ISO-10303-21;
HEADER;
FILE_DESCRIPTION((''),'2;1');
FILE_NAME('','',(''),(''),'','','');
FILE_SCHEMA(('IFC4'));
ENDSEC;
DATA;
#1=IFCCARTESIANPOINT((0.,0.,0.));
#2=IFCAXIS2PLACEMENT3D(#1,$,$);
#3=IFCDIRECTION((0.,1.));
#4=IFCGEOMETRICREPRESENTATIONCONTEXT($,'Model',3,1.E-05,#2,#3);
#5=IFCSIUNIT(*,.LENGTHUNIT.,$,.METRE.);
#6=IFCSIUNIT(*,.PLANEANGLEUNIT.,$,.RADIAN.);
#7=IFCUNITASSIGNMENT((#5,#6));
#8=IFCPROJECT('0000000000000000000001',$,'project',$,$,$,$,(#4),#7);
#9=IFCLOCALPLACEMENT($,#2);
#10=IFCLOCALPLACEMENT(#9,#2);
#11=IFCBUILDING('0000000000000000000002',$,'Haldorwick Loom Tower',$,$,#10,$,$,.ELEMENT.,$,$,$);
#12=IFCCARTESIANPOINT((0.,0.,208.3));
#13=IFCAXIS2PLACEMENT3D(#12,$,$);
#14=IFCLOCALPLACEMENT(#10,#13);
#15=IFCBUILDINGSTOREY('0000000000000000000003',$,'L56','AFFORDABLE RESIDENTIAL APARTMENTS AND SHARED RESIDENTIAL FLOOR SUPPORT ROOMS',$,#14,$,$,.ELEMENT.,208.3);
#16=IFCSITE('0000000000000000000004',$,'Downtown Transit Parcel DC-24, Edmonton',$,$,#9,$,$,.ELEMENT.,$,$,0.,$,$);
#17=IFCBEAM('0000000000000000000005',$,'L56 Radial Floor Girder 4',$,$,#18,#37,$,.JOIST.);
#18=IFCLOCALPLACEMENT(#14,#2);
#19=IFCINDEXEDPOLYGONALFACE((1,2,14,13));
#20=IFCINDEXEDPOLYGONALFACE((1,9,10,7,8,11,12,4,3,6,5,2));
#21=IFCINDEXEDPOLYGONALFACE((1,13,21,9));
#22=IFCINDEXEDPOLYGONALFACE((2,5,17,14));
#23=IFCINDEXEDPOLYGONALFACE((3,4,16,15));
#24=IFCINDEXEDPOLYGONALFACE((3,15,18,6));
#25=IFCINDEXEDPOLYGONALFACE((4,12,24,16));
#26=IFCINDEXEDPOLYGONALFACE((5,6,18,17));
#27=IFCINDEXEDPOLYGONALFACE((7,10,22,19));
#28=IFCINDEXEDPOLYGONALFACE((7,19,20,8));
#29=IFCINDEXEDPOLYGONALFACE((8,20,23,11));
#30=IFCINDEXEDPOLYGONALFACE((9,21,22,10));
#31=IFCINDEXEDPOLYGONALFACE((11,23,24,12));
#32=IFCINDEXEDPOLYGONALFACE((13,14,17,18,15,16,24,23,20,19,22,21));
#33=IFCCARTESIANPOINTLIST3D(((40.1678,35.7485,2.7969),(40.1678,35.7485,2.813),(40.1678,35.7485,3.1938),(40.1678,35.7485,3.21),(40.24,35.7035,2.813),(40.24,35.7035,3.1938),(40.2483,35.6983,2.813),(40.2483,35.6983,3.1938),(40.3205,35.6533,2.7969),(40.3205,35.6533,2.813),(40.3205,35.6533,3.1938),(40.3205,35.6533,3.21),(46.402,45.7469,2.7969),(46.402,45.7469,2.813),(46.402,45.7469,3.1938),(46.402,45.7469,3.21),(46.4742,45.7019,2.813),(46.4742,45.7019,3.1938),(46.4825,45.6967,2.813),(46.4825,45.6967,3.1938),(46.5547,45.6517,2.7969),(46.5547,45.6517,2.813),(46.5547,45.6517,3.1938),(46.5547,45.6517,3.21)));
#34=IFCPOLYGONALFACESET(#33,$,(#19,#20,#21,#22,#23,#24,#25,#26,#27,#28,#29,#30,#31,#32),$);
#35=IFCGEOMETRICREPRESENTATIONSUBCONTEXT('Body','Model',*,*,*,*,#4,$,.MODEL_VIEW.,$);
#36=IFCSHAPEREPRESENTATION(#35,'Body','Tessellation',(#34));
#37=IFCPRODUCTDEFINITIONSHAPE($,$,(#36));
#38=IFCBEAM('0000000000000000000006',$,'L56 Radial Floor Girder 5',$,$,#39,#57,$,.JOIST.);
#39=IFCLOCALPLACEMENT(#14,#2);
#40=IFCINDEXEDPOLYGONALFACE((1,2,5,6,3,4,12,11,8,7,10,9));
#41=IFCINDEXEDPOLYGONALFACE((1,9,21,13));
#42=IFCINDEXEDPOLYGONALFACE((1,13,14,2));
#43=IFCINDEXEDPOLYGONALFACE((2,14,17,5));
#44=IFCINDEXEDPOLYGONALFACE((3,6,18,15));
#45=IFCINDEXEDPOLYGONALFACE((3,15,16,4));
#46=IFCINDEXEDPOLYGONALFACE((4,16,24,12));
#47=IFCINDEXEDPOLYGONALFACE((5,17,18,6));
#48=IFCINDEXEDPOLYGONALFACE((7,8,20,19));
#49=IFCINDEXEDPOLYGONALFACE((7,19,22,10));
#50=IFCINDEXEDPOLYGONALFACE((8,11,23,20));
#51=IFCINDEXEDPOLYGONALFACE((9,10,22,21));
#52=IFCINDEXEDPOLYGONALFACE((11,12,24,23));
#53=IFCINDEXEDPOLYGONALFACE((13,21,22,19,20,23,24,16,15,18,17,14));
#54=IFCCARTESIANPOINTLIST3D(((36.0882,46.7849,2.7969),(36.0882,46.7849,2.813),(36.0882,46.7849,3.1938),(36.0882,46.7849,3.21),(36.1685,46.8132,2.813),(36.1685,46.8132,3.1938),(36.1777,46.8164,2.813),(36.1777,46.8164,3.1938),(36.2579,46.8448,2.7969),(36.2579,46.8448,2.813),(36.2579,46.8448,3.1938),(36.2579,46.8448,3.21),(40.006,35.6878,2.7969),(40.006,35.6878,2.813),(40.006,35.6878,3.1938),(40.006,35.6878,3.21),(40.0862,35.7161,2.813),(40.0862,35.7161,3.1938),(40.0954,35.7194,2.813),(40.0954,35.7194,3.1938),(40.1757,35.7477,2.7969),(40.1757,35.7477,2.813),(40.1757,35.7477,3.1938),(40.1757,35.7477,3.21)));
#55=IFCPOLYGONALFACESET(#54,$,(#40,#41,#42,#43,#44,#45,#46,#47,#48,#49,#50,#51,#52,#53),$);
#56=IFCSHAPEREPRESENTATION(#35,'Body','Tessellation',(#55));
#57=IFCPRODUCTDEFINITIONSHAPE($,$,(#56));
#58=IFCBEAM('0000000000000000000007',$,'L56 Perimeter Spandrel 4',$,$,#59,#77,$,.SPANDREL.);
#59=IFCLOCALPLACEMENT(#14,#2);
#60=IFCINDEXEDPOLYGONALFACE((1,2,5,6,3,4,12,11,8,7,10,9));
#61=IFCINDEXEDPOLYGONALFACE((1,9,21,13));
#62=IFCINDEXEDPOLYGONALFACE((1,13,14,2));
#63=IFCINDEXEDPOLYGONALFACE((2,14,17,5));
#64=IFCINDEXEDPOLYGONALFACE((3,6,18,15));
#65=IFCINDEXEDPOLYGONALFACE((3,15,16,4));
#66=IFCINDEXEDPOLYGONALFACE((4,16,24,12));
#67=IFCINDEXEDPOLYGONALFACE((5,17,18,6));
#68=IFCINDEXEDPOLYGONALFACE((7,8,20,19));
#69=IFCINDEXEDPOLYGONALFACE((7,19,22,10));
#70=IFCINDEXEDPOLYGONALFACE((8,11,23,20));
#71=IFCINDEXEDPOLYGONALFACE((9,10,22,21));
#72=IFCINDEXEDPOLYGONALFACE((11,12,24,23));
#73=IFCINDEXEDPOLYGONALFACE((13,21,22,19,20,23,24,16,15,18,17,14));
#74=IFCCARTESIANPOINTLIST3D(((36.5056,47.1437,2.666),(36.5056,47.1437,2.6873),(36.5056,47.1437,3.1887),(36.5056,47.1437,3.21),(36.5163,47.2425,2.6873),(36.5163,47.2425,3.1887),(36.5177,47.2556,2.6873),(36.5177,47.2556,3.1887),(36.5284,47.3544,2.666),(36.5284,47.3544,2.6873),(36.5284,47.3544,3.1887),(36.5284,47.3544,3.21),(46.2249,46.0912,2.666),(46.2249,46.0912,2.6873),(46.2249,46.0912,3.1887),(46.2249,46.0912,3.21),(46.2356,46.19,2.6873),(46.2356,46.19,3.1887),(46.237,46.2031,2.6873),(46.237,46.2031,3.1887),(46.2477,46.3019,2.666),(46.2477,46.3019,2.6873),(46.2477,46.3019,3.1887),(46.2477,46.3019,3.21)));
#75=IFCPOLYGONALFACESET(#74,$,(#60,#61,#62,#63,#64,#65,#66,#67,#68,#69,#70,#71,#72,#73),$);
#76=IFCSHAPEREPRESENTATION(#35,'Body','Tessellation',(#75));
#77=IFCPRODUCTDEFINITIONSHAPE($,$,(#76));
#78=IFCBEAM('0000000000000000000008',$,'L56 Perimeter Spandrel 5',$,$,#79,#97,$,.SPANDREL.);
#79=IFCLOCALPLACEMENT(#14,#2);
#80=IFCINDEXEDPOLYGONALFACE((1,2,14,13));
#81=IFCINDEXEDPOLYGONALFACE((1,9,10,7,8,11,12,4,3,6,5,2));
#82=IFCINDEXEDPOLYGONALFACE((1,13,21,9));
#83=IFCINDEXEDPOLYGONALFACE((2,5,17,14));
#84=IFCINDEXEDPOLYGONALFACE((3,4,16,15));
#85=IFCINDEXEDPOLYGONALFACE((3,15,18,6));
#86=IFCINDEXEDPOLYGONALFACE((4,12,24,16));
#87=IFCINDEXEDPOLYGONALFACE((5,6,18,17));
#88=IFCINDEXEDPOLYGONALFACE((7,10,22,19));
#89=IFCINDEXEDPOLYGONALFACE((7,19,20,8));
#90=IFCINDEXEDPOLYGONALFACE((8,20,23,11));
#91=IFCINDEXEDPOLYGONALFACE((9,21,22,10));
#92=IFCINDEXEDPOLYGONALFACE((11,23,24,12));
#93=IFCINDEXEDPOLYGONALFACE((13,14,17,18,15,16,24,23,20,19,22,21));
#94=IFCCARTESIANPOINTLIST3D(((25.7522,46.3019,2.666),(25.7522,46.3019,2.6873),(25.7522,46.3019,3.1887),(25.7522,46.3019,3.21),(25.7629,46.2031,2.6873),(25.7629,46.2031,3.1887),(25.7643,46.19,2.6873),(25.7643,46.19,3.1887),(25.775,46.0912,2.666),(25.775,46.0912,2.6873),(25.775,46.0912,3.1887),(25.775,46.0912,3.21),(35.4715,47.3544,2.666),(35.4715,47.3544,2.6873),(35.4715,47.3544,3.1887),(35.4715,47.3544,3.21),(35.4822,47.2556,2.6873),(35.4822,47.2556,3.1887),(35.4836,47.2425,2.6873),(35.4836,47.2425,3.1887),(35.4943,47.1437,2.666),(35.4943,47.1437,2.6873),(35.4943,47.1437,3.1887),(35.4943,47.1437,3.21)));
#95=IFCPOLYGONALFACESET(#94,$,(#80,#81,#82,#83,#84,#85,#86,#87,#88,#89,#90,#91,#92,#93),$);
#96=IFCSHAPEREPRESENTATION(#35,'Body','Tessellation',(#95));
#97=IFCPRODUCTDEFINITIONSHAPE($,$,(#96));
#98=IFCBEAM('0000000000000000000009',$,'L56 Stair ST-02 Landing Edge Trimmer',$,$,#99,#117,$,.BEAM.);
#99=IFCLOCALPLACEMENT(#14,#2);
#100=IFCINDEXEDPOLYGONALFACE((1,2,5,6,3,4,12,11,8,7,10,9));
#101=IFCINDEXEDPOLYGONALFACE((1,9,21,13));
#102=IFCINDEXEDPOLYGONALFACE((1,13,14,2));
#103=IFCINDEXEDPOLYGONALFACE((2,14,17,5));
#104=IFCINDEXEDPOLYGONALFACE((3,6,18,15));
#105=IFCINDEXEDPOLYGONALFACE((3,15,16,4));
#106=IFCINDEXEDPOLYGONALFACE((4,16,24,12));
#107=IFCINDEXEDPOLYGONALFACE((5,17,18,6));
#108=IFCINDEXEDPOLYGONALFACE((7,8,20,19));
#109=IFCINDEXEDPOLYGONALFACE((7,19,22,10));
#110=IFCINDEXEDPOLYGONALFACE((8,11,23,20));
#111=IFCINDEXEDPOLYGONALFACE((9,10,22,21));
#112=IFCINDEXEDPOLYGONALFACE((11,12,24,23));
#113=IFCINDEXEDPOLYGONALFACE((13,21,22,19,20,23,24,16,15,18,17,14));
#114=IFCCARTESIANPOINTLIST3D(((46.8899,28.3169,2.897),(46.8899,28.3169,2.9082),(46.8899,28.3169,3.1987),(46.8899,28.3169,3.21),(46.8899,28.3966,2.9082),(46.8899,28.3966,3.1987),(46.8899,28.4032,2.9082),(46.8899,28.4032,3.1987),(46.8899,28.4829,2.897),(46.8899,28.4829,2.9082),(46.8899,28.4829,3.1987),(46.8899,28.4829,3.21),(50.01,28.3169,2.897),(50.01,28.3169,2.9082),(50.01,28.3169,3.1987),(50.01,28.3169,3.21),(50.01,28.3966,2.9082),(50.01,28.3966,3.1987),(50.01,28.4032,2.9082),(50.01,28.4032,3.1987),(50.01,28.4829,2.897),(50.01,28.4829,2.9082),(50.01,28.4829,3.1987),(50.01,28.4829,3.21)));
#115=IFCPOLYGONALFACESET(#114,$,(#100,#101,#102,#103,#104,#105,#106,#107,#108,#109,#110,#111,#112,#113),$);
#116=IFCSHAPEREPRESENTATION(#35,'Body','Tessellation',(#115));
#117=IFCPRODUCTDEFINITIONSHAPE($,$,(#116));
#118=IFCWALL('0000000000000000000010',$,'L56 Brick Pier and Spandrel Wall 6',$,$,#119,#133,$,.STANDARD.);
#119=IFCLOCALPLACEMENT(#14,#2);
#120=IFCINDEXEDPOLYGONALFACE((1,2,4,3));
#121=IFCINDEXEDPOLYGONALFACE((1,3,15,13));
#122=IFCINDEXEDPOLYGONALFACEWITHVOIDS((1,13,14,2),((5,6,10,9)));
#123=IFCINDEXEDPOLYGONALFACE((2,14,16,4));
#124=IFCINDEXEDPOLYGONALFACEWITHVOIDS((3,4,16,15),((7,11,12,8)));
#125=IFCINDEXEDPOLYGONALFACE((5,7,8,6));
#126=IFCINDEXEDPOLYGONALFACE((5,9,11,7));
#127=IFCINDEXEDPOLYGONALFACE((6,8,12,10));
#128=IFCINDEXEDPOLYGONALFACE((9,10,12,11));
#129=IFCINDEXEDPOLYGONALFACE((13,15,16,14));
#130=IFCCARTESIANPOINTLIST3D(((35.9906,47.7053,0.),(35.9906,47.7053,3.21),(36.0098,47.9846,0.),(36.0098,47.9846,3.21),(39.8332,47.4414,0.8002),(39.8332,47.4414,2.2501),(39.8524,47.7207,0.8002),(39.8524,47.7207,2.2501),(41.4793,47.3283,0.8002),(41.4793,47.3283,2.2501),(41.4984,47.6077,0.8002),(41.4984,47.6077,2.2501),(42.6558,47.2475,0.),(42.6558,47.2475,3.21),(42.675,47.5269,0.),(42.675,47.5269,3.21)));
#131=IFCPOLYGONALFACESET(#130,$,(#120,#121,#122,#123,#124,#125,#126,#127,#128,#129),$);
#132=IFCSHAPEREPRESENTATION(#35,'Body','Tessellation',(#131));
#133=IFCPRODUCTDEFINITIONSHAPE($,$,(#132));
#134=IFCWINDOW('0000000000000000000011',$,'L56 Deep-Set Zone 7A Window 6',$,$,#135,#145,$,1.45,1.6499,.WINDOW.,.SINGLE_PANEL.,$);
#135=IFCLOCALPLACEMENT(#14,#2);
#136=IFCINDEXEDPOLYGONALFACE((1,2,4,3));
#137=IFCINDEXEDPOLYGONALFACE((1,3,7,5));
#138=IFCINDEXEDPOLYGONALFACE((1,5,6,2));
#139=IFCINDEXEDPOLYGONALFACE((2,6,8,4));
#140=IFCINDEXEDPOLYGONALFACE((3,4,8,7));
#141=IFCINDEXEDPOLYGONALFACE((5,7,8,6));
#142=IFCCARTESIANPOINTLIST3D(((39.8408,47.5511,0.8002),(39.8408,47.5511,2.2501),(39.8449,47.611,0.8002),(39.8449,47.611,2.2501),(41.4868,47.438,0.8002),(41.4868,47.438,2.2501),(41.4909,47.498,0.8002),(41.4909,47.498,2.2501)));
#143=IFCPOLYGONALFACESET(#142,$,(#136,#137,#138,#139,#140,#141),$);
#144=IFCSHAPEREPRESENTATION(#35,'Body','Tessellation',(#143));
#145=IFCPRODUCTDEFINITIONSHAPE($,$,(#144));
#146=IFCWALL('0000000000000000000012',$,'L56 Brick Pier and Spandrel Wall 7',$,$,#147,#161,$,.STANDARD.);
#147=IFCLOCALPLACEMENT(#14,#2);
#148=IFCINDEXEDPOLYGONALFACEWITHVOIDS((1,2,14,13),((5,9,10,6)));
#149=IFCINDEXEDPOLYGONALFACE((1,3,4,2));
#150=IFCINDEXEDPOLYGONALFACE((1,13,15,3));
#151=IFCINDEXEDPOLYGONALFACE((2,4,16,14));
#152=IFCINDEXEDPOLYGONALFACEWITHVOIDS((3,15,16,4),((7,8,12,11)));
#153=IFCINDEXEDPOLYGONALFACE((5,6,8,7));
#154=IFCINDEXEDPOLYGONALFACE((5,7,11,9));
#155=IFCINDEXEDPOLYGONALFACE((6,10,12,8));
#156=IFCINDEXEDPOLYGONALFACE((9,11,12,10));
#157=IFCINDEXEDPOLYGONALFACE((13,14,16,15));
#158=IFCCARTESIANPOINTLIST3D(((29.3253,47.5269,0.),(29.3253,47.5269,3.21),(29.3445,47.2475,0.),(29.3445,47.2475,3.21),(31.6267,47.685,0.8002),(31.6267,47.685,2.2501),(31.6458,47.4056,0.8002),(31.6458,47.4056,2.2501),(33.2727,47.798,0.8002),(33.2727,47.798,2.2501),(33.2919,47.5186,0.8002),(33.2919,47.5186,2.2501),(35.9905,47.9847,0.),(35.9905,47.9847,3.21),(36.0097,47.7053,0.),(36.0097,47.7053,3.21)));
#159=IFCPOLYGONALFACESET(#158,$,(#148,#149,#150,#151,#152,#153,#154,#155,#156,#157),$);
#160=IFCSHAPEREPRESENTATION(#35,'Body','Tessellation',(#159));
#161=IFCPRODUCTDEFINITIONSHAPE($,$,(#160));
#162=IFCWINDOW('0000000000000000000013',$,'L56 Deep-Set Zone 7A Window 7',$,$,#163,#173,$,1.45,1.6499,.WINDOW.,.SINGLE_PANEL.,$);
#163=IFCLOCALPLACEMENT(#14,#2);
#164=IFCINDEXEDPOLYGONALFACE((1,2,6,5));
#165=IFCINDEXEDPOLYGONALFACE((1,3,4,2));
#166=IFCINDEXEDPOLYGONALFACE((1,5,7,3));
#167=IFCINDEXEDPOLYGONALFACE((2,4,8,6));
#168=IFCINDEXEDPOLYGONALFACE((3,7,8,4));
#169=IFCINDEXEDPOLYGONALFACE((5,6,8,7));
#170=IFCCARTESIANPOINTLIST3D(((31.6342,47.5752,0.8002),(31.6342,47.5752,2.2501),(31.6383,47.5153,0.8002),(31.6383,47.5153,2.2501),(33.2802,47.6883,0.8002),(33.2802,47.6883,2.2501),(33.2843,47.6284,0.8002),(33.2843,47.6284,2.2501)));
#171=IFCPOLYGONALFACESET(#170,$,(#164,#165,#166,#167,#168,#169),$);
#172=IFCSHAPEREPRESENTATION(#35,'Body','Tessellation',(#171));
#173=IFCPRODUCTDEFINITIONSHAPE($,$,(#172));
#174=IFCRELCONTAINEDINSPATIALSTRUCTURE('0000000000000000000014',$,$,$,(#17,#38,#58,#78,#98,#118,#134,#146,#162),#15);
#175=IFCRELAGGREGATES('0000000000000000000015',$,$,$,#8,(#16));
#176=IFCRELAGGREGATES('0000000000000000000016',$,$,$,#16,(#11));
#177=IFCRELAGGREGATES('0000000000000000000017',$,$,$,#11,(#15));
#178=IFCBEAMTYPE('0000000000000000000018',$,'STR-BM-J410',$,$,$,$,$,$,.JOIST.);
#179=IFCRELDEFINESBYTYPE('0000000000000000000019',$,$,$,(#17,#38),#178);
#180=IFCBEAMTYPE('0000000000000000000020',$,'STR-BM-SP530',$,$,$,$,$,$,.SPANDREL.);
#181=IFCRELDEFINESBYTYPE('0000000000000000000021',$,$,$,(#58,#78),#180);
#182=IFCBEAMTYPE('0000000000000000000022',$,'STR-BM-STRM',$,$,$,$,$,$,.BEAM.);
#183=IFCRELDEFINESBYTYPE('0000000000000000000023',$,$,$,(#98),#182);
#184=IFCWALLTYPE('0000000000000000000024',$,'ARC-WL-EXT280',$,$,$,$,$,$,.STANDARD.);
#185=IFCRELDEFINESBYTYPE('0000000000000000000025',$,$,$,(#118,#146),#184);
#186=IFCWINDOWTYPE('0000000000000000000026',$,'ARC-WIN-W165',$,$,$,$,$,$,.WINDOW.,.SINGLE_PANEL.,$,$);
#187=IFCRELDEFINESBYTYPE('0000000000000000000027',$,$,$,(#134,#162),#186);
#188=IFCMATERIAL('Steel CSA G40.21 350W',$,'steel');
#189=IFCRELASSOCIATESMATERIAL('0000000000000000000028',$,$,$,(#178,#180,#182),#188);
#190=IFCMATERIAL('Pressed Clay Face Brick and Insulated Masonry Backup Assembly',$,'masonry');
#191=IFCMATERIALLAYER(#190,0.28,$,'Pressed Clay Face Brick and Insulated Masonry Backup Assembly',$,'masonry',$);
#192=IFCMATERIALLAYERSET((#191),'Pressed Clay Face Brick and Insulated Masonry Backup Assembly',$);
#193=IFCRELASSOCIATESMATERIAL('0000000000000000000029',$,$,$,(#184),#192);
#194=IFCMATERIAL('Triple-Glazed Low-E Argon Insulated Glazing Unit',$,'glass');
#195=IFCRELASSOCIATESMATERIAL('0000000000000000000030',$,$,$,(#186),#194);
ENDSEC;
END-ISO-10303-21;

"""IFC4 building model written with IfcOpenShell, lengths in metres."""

from ifc_helpers import new_model, si_unit, direction, frame, frame_2d, origin, origin_2d, place, context, subcontext, project, spatial, rectangle, i_section, extrude, material, layer, layer_set, material_profile, profile_set, type_object, element, fill, save


model = new_model("IFC4")

# Units and contexts
model_context = context("Model", 3, precision=1e-05, world=origin(), true_north=direction((0.0, 1.0)))
body_context = subcontext(model_context, "Body", "Model", "MODEL_VIEW")
ifc_project = project(units=[si_unit("LENGTHUNIT", "METRE"), si_unit("PLANEANGLEUNIT", "RADIAN")], contexts=[model_context])

# Site, building, storey
site_placement = place(None, origin())
site = spatial("IfcSite", under=ifc_project, at=site_placement, Name="Downtown Transit Parcel DC-24, Edmonton", CompositionType="ELEMENT", RefElevation=0.0)
building_placement = place(site_placement, origin())
building = spatial("IfcBuilding", under=site, at=building_placement, Name="Haldorwick Loom Tower", CompositionType="ELEMENT")
storey_placement = place(building_placement, frame((0.0, 0.0, 208.3)))
storey = spatial("IfcBuildingStorey", under=building, at=storey_placement, Name="L56", Description="AFFORDABLE RESIDENTIAL APARTMENTS AND SHARED RESIDENTIAL FLOOR SUPPORT ROOMS", CompositionType="ELEMENT", Elevation=208.3)

# Shared definitions
ifc_material_1 = material(Name="Steel CSA G40.21 350W", Category="steel")

# Beams
ifc_material_profile_1 = material_profile(ifc_material_1, i_section(OverallWidth=0.1799, OverallDepth=0.4131, WebThickness=0.0098, FlangeThickness=0.0161, at=origin_2d()), Name="W410X74", Category="steel")
ifc_profile_set_1 = profile_set([ifc_material_profile_1], Name="Steel CSA G40.21 350W")
beam_type_1 = type_object("IfcBeamType", Name="STR-BM-J410", PredefinedType="JOIST", material=ifc_profile_set_1)
beam_1_placement = place(storey_placement, frame((40.2441, 35.7009, 3.0034), z_axis=(0.529095, 0.848562, 0.0), x_axis=(-0.848562, 0.529095, 0.0)))
element("IfcBeam", 1, at=beam_1_placement, inside=storey, type_object=beam_type_1, Name="L56 Radial Floor Girder 4", PredefinedType="JOIST", context=body_context, shape_type="SweptSolid", body=[
    extrude(i_section(OverallWidth=0.1799, OverallDepth=0.4131, WebThickness=0.0098, FlangeThickness=0.0161, at=origin_2d()), origin(), (0.0, 0.0, 1.0), 11.7827),
])
beam_2_placement = place(storey_placement, frame((40.0908, 35.7178, 3.0034), z_axis=(-0.332908, 0.942959, 0.0), x_axis=(-0.942959, -0.332908, 0.0)))
element("IfcBeam", 2, at=beam_2_placement, inside=storey, type_object=beam_type_1, Name="L56 Radial Floor Girder 5", PredefinedType="JOIST", context=body_context, shape_type="SweptSolid", body=[
    extrude(i_section(OverallWidth=0.1799, OverallDepth=0.4131, WebThickness=0.0098, FlangeThickness=0.0161, at=origin_2d()), origin(), (0.0, 0.0, 1.0), 11.7683),
])
ifc_material_profile_2 = material_profile(ifc_material_1, i_section(OverallWidth=0.2119, OverallDepth=0.5439, WebThickness=0.0132, FlangeThickness=0.0212, at=origin_2d()), Name="W530X123", Category="steel")
ifc_profile_set_2 = profile_set([ifc_material_profile_2], Name="Steel CSA G40.21 350W")
beam_type_2 = type_object("IfcBeamType", Name="STR-BM-SP530", PredefinedType="SPANDREL", material=ifc_profile_set_2)
for number, where, z_axis, x_axis, name in (
    (3, (46.2363, 46.1965, 2.938), (-0.994188, 0.10766, 0.0), (-0.10766, -0.994188, 0.0), "L56 Perimeter Spandrel 4"),
    (4, (35.4829, 47.249, 2.938), (-0.994188, -0.10766, 0.0), (0.10766, -0.994188, 0.0), "L56 Perimeter Spandrel 5"),
):
    element("IfcBeam", number, at=place(storey_placement, frame(where, z_axis=z_axis, x_axis=x_axis)), inside=storey, type_object=beam_type_2, Name=name, PredefinedType="SPANDREL", context=body_context, shape_type="SweptSolid", body=[
        extrude(i_section(OverallWidth=0.2119, OverallDepth=0.5439, WebThickness=0.0132, FlangeThickness=0.0212, at=origin_2d()), origin(), (0.0, 0.0, 1.0), 9.7761),
    ])
ifc_material_profile_3 = material_profile(ifc_material_1, i_section(OverallWidth=0.166, OverallDepth=0.313, WebThickness=0.0066, FlangeThickness=0.0112, at=origin_2d()), Name="W310X45", Category="steel")
ifc_profile_set_3 = profile_set([ifc_material_profile_3], Name="Steel CSA G40.21 350W")
beam_type_3 = type_object("IfcBeamType", Name="STR-BM-STRM", PredefinedType="BEAM", material=ifc_profile_set_3)
beam_3_placement = place(storey_placement, frame((46.8899, 28.3999, 3.0535), z_axis=(1.0, 0.0, 0.0), x_axis=(0.0, 1.0, 0.0)))
element("IfcBeam", 5, at=beam_3_placement, inside=storey, type_object=beam_type_3, Name="L56 Stair ST-02 Landing Edge Trimmer", PredefinedType="BEAM", context=body_context, shape_type="SweptSolid", body=[
    extrude(i_section(OverallWidth=0.166, OverallDepth=0.313, WebThickness=0.0066, FlangeThickness=0.0112, at=origin_2d()), origin(), (0.0, 0.0, 1.0), 3.1201),
])

# Walls, openings, windows
ifc_material_2 = material(Name="Pressed Clay Face Brick and Insulated Masonry Backup Assembly", Category="masonry")
ifc_layer_1 = layer(ifc_material_2, 0.28, Name="Pressed Clay Face Brick and Insulated Masonry Backup Assembly", Category="masonry")
ifc_layer_set_1 = layer_set([ifc_layer_1], Name="Pressed Clay Face Brick and Insulated Masonry Backup Assembly")
wall_type_1 = type_object("IfcWallType", Name="ARC-WL-EXT280", PredefinedType="STANDARD", material=ifc_layer_set_1)
wall_1_placement = place(storey_placement, frame((42.6653, 47.3872, 0.0), z_axis=(0.0, 0.0, 1.0), x_axis=(-0.99765, 0.068517, 0.0)))
wall_1 = element("IfcWall", 6, at=wall_1_placement, inside=storey, type_object=wall_type_1, Name="L56 Brick Pier and Spandrel Wall 6", PredefinedType="STANDARD", context=body_context, shape_type="SweptSolid", body=[
    extrude(rectangle(XDim=6.6809, YDim=0.28, at=frame_2d((3.3403, 0.0))), origin(), (0.0, 0.0, 1.0), 3.21),
])
opening_1_placement = place(wall_1_placement, frame((1.1792, 0.0, 0.8)))
opening_1 = element("IfcOpeningElement", 7, at=opening_1_placement, cuts=wall_1, PredefinedType="OPENING", context=body_context, shape_type="SweptSolid", body=[
    extrude(rectangle(XDim=1.6499, YDim=1.45, at=frame_2d((0.825, 0.7251))), frame((0.0, 0.1499, 0.0), z_axis=(0.0, -1.0, 0.0), x_axis=(1.0, 0.0, 0.0)), (0.0, 0.0, 1.0), 0.3),
])
ifc_material_3 = material(Name="Triple-Glazed Low-E Argon Insulated Glazing Unit", Category="glass")
window_type = type_object("IfcWindowType", Name="ARC-WIN-W165", PartitioningType="SINGLE_PANEL", PredefinedType="WINDOW", material=ifc_material_3)
window_1_placement = place(opening_1_placement, origin())
window_1 = element("IfcWindow", 8, at=window_1_placement, inside=storey, type_object=window_type, Name="L56 Deep-Set Zone 7A Window 6", OverallHeight=1.45, OverallWidth=1.6499, PartitioningType="SINGLE_PANEL", PredefinedType="WINDOW", context=body_context, shape_type="SweptSolid", body=[
    extrude(rectangle(XDim=1.6499, YDim=1.45, at=frame_2d((0.825, 0.7251))), frame((0.0, 0.03, 0.0), z_axis=(0.0, -1.0, 0.0), x_axis=(1.0, 0.0, 0.0)), (0.0, 0.0, 1.0), 0.0601),
])
fill(opening_1, window_1)
wall_2_placement = place(storey_placement, frame((36.0, 47.845, 0.0), z_axis=(0.0, 0.0, 1.0), x_axis=(-0.99765, -0.068517, 0.0)))
wall_2 = element("IfcWall", 9, at=wall_2_placement, inside=storey, type_object=wall_type_1, Name="L56 Brick Pier and Spandrel Wall 7", PredefinedType="STANDARD", context=body_context, shape_type="SweptSolid", body=[
    extrude(rectangle(XDim=6.6809, YDim=0.28, at=frame_2d((3.3403, 0.0))), origin(), (0.0, 0.0, 1.0), 3.21),
])
opening_2_placement = place(wall_2_placement, frame((2.7241, 0.0, 0.8)))
opening_2 = element("IfcOpeningElement", 10, at=opening_2_placement, cuts=wall_2, PredefinedType="OPENING", context=body_context, shape_type="SweptSolid", body=[
    extrude(rectangle(XDim=1.6499, YDim=1.45, at=frame_2d((0.825, 0.7251))), frame((0.0, 0.1499, 0.0), z_axis=(0.0, -1.0, 0.0), x_axis=(1.0, 0.0, 0.0)), (0.0, 0.0, 1.0), 0.3),
])
window_2_placement = place(opening_2_placement, origin())
window_2 = element("IfcWindow", 11, at=window_2_placement, inside=storey, type_object=window_type, Name="L56 Deep-Set Zone 7A Window 7", OverallHeight=1.45, OverallWidth=1.6499, PartitioningType="SINGLE_PANEL", PredefinedType="WINDOW", context=body_context, shape_type="SweptSolid", body=[
    extrude(rectangle(XDim=1.6499, YDim=1.45, at=frame_2d((0.825, 0.7251))), frame((0.0, 0.03, 0.0), z_axis=(0.0, -1.0, 0.0), x_axis=(1.0, 0.0, 0.0)), (0.0, 0.0, 1.0), 0.0601),
])
fill(opening_2, window_2)

save(model, "model.ifc")
